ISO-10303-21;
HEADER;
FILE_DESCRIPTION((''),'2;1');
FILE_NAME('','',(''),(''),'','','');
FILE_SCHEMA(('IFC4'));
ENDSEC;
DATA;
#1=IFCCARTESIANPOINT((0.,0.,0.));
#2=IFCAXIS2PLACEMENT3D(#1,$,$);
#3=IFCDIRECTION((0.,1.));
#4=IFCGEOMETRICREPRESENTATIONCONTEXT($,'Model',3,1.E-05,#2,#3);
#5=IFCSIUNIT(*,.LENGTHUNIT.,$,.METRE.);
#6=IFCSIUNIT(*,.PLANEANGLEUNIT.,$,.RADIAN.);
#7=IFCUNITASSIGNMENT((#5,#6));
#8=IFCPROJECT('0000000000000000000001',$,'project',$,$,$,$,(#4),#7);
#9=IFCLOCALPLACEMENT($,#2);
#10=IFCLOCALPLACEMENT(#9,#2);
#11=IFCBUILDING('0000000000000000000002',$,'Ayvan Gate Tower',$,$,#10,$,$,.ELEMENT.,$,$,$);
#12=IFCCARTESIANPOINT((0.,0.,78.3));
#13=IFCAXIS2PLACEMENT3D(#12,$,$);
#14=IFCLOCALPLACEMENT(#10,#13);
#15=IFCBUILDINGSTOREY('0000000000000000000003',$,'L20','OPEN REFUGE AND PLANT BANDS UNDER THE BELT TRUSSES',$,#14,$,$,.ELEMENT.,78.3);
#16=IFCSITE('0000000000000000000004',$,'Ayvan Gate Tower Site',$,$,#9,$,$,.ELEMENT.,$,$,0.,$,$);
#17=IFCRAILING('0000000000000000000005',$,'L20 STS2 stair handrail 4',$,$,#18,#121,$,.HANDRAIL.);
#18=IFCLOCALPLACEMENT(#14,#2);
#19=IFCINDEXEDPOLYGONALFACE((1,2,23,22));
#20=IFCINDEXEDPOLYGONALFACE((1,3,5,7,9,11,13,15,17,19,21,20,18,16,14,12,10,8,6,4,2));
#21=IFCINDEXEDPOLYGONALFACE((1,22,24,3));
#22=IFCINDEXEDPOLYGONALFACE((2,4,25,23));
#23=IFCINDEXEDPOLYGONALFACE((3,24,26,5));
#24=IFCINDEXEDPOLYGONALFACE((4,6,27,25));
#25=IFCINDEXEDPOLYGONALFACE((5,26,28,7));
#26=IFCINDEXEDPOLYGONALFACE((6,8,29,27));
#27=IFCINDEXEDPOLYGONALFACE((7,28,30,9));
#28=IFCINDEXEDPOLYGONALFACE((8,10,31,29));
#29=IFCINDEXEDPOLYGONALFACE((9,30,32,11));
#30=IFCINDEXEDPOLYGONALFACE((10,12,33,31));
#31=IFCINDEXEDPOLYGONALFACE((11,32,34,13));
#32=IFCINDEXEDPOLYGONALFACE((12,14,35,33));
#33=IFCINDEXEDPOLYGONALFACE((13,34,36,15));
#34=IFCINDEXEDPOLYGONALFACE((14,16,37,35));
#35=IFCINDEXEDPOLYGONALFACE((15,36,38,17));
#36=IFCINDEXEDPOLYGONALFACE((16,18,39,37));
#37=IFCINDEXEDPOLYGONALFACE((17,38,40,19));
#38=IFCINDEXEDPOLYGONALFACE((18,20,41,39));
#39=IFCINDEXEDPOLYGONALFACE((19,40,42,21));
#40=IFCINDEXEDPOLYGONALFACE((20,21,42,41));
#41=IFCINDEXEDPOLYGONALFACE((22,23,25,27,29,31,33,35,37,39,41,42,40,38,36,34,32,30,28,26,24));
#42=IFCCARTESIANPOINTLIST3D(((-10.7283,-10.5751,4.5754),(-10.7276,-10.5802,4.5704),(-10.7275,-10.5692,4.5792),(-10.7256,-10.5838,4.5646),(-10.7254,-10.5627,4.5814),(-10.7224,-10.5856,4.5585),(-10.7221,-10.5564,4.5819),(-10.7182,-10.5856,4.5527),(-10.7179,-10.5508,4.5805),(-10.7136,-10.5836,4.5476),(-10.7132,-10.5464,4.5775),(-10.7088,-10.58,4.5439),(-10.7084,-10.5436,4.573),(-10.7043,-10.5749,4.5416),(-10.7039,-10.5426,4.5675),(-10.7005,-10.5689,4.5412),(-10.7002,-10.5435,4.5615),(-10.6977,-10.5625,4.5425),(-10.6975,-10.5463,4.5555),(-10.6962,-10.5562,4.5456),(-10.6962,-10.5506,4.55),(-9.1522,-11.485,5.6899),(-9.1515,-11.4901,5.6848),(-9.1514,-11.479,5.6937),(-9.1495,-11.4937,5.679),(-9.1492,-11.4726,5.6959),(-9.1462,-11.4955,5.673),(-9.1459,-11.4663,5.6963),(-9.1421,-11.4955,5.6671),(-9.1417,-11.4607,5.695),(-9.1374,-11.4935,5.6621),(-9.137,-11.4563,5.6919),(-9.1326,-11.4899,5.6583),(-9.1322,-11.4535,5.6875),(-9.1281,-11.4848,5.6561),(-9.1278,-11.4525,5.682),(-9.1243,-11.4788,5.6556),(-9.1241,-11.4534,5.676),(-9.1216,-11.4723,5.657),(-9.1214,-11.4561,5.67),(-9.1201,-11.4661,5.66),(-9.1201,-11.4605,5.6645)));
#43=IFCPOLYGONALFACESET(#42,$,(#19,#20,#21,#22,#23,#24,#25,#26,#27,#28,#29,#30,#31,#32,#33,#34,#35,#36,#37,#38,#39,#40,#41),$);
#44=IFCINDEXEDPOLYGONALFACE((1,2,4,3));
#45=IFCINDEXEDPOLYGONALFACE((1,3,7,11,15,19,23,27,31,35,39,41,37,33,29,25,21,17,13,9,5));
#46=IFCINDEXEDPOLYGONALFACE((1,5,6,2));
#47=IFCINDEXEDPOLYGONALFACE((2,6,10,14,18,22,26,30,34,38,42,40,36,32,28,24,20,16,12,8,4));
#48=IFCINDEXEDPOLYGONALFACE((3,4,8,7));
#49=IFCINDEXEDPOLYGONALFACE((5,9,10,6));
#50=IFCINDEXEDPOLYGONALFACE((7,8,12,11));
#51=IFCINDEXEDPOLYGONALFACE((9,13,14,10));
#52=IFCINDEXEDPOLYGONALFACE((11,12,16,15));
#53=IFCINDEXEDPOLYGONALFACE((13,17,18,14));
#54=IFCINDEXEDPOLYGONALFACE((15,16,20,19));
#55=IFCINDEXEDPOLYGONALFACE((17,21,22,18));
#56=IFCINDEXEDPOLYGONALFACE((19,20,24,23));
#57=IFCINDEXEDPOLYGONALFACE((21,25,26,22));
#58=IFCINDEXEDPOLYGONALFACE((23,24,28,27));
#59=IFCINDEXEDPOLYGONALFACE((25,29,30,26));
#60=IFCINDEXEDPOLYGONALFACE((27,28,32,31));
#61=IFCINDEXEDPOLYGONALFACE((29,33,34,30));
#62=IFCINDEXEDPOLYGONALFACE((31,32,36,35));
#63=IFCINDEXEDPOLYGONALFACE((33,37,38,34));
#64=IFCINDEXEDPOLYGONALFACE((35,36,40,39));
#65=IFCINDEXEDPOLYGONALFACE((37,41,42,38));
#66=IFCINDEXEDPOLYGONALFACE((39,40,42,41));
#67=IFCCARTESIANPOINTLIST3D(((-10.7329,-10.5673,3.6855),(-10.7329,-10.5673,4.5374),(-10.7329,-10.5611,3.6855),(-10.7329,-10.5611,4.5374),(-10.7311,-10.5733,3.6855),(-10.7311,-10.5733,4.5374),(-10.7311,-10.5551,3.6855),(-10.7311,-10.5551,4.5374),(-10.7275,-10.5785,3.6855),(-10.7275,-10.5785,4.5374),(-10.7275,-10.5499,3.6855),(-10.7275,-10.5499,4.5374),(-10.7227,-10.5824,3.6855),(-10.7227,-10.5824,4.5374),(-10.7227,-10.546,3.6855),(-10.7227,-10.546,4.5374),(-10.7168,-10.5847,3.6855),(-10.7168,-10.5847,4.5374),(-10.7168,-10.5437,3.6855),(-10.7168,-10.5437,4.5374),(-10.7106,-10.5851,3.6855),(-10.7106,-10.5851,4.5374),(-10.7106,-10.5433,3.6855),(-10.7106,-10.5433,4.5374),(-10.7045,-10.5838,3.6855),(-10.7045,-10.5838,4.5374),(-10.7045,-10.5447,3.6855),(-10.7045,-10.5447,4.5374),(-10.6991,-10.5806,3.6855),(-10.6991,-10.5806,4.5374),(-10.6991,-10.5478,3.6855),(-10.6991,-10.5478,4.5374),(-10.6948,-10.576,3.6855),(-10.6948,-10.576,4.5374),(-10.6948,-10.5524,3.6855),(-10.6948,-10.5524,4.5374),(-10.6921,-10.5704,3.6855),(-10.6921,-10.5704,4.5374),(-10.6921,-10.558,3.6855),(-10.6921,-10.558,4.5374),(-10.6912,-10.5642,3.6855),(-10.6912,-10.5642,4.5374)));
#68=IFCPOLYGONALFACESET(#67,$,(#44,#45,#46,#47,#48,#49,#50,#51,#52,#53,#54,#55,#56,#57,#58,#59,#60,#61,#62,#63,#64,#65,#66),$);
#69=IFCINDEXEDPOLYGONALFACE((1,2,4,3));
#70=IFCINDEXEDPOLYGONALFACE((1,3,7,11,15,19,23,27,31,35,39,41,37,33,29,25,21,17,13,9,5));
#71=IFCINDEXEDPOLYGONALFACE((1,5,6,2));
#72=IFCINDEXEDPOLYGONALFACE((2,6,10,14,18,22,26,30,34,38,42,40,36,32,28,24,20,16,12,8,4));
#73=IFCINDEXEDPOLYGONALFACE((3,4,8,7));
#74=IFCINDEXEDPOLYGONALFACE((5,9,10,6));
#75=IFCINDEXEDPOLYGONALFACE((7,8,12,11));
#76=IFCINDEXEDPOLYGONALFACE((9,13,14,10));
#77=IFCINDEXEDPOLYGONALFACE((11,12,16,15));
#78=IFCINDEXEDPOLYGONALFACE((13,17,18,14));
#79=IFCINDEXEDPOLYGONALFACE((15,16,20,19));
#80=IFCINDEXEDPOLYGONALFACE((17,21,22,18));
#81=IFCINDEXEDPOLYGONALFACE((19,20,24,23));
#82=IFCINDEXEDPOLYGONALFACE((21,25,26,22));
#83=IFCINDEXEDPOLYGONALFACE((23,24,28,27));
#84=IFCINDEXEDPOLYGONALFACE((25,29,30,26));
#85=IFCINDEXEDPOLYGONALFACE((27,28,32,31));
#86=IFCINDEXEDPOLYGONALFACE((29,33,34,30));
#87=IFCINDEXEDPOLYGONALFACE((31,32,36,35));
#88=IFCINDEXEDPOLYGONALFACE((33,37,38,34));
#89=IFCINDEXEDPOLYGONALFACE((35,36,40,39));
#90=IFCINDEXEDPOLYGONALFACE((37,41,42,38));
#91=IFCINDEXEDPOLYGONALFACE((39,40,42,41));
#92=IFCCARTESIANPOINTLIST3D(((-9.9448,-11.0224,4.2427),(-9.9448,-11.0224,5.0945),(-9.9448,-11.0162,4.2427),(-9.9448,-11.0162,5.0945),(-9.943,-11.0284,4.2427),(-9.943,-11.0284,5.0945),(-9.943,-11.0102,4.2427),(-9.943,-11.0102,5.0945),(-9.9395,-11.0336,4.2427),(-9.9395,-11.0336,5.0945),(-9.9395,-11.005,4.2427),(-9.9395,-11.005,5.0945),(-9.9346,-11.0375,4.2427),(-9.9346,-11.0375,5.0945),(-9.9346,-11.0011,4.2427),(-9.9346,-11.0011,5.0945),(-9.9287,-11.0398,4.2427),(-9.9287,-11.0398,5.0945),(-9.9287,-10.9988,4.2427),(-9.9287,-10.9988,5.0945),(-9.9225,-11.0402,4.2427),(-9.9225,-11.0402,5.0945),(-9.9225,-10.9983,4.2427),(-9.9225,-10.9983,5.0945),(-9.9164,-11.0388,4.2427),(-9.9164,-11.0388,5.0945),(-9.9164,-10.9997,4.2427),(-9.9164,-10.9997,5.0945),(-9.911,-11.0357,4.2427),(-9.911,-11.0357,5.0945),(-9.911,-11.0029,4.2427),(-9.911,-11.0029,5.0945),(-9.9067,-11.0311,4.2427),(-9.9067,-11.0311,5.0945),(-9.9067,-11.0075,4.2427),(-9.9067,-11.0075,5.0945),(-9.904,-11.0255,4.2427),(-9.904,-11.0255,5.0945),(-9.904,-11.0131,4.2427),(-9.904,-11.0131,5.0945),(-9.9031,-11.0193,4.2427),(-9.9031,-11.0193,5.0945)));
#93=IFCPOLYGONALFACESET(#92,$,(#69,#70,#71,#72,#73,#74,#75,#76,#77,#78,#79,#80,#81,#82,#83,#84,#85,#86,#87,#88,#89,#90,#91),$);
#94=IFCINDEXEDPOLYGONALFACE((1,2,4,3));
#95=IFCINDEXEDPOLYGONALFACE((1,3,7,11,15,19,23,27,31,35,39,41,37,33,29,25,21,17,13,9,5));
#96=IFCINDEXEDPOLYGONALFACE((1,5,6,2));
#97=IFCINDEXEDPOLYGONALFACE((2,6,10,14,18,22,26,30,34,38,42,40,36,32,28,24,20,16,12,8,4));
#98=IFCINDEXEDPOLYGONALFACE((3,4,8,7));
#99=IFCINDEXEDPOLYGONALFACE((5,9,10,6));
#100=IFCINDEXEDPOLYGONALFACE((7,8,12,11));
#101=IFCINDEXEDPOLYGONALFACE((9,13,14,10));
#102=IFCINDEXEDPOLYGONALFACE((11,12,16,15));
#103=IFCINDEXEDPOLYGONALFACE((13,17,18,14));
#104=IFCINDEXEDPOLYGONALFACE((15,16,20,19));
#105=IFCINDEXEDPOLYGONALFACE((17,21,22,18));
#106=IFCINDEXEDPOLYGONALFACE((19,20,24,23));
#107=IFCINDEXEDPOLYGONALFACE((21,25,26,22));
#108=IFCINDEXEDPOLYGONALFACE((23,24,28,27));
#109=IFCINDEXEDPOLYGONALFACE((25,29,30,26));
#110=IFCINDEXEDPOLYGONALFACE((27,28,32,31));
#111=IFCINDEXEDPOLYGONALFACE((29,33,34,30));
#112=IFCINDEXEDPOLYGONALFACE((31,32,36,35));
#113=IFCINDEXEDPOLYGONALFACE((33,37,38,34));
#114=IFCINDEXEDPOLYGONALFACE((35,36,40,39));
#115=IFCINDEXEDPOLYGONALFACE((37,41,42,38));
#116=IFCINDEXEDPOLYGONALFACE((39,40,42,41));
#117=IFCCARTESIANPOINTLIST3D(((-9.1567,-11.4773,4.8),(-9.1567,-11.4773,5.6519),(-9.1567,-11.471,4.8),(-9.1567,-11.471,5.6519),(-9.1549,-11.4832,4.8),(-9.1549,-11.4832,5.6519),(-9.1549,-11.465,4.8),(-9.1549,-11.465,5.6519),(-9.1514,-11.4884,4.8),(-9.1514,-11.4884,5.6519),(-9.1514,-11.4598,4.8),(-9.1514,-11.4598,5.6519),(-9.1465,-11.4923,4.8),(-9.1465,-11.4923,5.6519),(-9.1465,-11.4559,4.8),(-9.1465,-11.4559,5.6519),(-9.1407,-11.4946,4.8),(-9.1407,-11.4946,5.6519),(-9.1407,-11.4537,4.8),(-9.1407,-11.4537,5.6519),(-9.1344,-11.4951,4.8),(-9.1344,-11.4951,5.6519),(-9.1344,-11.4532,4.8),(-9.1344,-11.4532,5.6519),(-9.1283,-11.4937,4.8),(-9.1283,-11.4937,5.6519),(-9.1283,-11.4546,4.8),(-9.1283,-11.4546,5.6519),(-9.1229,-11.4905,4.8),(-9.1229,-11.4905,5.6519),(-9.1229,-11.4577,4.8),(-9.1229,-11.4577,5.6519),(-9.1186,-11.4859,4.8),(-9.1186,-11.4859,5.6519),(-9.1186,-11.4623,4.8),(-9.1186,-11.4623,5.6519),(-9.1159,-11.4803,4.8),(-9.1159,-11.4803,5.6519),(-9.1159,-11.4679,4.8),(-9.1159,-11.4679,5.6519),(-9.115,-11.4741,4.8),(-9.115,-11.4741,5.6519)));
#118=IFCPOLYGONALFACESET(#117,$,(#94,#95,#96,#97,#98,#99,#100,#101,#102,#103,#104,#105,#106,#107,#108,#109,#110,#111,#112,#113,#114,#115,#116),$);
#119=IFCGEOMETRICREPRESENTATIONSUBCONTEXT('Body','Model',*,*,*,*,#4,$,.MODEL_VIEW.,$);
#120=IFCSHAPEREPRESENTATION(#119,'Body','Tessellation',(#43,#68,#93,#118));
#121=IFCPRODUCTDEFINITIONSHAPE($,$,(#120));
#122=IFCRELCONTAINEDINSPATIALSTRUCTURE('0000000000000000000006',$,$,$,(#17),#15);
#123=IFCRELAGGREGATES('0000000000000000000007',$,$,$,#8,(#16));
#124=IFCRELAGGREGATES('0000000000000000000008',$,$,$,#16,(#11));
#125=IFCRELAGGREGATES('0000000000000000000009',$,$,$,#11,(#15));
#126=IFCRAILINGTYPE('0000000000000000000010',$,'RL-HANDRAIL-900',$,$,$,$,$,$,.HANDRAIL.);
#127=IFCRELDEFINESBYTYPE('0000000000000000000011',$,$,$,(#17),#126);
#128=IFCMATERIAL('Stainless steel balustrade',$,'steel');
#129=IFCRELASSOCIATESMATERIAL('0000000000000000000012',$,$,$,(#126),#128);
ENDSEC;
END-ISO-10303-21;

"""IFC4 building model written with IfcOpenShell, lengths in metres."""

from ifc_helpers import new_model, si_unit, direction, frame, origin, origin_2d, place, context, subcontext, project, spatial, circle, extrude, material, type_object, element, save


model = new_model("IFC4")

# Units and contexts
model_context = context("Model", 3, precision=1e-05, world=origin(), true_north=direction((0.0, 1.0)))
body_context = subcontext(model_context, "Body", "Model", "MODEL_VIEW")
ifc_project = project(units=[si_unit("LENGTHUNIT", "METRE"), si_unit("PLANEANGLEUNIT", "RADIAN")], contexts=[model_context])

# Site, building, storey
site_placement = place(None, origin())
site = spatial("IfcSite", under=ifc_project, at=site_placement, Name="Ayvan Gate Tower Site", CompositionType="ELEMENT", RefElevation=0.0)
building_placement = place(site_placement, origin())
building = spatial("IfcBuilding", under=site, at=building_placement, Name="Ayvan Gate Tower", CompositionType="ELEMENT")
storey_placement = place(building_placement, frame((0.0, 0.0, 78.3)))
storey = spatial("IfcBuildingStorey", under=building, at=storey_placement, Name="L20", Description="OPEN REFUGE AND PLANT BANDS UNDER THE BELT TRUSSES", CompositionType="ELEMENT", Elevation=78.3)

# Railing
ifc_material_1 = material(Name="Stainless steel balustrade", Category="steel")
railing_type_1 = type_object("IfcRailingType", Name="RL-HANDRAIL-900", PredefinedType="HANDRAIL", material=ifc_material_1)
railing_1_placement = place(storey_placement, frame((-10.7122, -10.5642, 3.6855)))
element("IfcRailing", 1, at=railing_1_placement, inside=storey, type_object=railing_type_1, Name="L20 STS2 stair handrail 4", PredefinedType="HANDRAIL", context=body_context, shape_type="SweptSolid", body=[
    extrude(circle(Radius=0.0239, at=origin_2d()), frame((0.0, 0.0, 0.876), z_axis=(0.738566, -0.426369, 0.522236), x_axis=(0.499962, 0.866047, 0.0)), (0.0, 0.0, 1.0), 2.134),
    extrude(circle(Radius=0.021, at=origin_2d()), origin(), (0.0, 0.0, 1.0), 0.8518),
    extrude(circle(Radius=0.021, at=origin_2d()), frame((0.7881, -0.4551, 0.5571)), (0.0, 0.0, 1.0), 0.8518),
    extrude(circle(Radius=0.021, at=origin_2d()), frame((1.5762, -0.9099, 1.1145)), (0.0, 0.0, 1.0), 0.8518),
])

save(model, "model.ifc")
